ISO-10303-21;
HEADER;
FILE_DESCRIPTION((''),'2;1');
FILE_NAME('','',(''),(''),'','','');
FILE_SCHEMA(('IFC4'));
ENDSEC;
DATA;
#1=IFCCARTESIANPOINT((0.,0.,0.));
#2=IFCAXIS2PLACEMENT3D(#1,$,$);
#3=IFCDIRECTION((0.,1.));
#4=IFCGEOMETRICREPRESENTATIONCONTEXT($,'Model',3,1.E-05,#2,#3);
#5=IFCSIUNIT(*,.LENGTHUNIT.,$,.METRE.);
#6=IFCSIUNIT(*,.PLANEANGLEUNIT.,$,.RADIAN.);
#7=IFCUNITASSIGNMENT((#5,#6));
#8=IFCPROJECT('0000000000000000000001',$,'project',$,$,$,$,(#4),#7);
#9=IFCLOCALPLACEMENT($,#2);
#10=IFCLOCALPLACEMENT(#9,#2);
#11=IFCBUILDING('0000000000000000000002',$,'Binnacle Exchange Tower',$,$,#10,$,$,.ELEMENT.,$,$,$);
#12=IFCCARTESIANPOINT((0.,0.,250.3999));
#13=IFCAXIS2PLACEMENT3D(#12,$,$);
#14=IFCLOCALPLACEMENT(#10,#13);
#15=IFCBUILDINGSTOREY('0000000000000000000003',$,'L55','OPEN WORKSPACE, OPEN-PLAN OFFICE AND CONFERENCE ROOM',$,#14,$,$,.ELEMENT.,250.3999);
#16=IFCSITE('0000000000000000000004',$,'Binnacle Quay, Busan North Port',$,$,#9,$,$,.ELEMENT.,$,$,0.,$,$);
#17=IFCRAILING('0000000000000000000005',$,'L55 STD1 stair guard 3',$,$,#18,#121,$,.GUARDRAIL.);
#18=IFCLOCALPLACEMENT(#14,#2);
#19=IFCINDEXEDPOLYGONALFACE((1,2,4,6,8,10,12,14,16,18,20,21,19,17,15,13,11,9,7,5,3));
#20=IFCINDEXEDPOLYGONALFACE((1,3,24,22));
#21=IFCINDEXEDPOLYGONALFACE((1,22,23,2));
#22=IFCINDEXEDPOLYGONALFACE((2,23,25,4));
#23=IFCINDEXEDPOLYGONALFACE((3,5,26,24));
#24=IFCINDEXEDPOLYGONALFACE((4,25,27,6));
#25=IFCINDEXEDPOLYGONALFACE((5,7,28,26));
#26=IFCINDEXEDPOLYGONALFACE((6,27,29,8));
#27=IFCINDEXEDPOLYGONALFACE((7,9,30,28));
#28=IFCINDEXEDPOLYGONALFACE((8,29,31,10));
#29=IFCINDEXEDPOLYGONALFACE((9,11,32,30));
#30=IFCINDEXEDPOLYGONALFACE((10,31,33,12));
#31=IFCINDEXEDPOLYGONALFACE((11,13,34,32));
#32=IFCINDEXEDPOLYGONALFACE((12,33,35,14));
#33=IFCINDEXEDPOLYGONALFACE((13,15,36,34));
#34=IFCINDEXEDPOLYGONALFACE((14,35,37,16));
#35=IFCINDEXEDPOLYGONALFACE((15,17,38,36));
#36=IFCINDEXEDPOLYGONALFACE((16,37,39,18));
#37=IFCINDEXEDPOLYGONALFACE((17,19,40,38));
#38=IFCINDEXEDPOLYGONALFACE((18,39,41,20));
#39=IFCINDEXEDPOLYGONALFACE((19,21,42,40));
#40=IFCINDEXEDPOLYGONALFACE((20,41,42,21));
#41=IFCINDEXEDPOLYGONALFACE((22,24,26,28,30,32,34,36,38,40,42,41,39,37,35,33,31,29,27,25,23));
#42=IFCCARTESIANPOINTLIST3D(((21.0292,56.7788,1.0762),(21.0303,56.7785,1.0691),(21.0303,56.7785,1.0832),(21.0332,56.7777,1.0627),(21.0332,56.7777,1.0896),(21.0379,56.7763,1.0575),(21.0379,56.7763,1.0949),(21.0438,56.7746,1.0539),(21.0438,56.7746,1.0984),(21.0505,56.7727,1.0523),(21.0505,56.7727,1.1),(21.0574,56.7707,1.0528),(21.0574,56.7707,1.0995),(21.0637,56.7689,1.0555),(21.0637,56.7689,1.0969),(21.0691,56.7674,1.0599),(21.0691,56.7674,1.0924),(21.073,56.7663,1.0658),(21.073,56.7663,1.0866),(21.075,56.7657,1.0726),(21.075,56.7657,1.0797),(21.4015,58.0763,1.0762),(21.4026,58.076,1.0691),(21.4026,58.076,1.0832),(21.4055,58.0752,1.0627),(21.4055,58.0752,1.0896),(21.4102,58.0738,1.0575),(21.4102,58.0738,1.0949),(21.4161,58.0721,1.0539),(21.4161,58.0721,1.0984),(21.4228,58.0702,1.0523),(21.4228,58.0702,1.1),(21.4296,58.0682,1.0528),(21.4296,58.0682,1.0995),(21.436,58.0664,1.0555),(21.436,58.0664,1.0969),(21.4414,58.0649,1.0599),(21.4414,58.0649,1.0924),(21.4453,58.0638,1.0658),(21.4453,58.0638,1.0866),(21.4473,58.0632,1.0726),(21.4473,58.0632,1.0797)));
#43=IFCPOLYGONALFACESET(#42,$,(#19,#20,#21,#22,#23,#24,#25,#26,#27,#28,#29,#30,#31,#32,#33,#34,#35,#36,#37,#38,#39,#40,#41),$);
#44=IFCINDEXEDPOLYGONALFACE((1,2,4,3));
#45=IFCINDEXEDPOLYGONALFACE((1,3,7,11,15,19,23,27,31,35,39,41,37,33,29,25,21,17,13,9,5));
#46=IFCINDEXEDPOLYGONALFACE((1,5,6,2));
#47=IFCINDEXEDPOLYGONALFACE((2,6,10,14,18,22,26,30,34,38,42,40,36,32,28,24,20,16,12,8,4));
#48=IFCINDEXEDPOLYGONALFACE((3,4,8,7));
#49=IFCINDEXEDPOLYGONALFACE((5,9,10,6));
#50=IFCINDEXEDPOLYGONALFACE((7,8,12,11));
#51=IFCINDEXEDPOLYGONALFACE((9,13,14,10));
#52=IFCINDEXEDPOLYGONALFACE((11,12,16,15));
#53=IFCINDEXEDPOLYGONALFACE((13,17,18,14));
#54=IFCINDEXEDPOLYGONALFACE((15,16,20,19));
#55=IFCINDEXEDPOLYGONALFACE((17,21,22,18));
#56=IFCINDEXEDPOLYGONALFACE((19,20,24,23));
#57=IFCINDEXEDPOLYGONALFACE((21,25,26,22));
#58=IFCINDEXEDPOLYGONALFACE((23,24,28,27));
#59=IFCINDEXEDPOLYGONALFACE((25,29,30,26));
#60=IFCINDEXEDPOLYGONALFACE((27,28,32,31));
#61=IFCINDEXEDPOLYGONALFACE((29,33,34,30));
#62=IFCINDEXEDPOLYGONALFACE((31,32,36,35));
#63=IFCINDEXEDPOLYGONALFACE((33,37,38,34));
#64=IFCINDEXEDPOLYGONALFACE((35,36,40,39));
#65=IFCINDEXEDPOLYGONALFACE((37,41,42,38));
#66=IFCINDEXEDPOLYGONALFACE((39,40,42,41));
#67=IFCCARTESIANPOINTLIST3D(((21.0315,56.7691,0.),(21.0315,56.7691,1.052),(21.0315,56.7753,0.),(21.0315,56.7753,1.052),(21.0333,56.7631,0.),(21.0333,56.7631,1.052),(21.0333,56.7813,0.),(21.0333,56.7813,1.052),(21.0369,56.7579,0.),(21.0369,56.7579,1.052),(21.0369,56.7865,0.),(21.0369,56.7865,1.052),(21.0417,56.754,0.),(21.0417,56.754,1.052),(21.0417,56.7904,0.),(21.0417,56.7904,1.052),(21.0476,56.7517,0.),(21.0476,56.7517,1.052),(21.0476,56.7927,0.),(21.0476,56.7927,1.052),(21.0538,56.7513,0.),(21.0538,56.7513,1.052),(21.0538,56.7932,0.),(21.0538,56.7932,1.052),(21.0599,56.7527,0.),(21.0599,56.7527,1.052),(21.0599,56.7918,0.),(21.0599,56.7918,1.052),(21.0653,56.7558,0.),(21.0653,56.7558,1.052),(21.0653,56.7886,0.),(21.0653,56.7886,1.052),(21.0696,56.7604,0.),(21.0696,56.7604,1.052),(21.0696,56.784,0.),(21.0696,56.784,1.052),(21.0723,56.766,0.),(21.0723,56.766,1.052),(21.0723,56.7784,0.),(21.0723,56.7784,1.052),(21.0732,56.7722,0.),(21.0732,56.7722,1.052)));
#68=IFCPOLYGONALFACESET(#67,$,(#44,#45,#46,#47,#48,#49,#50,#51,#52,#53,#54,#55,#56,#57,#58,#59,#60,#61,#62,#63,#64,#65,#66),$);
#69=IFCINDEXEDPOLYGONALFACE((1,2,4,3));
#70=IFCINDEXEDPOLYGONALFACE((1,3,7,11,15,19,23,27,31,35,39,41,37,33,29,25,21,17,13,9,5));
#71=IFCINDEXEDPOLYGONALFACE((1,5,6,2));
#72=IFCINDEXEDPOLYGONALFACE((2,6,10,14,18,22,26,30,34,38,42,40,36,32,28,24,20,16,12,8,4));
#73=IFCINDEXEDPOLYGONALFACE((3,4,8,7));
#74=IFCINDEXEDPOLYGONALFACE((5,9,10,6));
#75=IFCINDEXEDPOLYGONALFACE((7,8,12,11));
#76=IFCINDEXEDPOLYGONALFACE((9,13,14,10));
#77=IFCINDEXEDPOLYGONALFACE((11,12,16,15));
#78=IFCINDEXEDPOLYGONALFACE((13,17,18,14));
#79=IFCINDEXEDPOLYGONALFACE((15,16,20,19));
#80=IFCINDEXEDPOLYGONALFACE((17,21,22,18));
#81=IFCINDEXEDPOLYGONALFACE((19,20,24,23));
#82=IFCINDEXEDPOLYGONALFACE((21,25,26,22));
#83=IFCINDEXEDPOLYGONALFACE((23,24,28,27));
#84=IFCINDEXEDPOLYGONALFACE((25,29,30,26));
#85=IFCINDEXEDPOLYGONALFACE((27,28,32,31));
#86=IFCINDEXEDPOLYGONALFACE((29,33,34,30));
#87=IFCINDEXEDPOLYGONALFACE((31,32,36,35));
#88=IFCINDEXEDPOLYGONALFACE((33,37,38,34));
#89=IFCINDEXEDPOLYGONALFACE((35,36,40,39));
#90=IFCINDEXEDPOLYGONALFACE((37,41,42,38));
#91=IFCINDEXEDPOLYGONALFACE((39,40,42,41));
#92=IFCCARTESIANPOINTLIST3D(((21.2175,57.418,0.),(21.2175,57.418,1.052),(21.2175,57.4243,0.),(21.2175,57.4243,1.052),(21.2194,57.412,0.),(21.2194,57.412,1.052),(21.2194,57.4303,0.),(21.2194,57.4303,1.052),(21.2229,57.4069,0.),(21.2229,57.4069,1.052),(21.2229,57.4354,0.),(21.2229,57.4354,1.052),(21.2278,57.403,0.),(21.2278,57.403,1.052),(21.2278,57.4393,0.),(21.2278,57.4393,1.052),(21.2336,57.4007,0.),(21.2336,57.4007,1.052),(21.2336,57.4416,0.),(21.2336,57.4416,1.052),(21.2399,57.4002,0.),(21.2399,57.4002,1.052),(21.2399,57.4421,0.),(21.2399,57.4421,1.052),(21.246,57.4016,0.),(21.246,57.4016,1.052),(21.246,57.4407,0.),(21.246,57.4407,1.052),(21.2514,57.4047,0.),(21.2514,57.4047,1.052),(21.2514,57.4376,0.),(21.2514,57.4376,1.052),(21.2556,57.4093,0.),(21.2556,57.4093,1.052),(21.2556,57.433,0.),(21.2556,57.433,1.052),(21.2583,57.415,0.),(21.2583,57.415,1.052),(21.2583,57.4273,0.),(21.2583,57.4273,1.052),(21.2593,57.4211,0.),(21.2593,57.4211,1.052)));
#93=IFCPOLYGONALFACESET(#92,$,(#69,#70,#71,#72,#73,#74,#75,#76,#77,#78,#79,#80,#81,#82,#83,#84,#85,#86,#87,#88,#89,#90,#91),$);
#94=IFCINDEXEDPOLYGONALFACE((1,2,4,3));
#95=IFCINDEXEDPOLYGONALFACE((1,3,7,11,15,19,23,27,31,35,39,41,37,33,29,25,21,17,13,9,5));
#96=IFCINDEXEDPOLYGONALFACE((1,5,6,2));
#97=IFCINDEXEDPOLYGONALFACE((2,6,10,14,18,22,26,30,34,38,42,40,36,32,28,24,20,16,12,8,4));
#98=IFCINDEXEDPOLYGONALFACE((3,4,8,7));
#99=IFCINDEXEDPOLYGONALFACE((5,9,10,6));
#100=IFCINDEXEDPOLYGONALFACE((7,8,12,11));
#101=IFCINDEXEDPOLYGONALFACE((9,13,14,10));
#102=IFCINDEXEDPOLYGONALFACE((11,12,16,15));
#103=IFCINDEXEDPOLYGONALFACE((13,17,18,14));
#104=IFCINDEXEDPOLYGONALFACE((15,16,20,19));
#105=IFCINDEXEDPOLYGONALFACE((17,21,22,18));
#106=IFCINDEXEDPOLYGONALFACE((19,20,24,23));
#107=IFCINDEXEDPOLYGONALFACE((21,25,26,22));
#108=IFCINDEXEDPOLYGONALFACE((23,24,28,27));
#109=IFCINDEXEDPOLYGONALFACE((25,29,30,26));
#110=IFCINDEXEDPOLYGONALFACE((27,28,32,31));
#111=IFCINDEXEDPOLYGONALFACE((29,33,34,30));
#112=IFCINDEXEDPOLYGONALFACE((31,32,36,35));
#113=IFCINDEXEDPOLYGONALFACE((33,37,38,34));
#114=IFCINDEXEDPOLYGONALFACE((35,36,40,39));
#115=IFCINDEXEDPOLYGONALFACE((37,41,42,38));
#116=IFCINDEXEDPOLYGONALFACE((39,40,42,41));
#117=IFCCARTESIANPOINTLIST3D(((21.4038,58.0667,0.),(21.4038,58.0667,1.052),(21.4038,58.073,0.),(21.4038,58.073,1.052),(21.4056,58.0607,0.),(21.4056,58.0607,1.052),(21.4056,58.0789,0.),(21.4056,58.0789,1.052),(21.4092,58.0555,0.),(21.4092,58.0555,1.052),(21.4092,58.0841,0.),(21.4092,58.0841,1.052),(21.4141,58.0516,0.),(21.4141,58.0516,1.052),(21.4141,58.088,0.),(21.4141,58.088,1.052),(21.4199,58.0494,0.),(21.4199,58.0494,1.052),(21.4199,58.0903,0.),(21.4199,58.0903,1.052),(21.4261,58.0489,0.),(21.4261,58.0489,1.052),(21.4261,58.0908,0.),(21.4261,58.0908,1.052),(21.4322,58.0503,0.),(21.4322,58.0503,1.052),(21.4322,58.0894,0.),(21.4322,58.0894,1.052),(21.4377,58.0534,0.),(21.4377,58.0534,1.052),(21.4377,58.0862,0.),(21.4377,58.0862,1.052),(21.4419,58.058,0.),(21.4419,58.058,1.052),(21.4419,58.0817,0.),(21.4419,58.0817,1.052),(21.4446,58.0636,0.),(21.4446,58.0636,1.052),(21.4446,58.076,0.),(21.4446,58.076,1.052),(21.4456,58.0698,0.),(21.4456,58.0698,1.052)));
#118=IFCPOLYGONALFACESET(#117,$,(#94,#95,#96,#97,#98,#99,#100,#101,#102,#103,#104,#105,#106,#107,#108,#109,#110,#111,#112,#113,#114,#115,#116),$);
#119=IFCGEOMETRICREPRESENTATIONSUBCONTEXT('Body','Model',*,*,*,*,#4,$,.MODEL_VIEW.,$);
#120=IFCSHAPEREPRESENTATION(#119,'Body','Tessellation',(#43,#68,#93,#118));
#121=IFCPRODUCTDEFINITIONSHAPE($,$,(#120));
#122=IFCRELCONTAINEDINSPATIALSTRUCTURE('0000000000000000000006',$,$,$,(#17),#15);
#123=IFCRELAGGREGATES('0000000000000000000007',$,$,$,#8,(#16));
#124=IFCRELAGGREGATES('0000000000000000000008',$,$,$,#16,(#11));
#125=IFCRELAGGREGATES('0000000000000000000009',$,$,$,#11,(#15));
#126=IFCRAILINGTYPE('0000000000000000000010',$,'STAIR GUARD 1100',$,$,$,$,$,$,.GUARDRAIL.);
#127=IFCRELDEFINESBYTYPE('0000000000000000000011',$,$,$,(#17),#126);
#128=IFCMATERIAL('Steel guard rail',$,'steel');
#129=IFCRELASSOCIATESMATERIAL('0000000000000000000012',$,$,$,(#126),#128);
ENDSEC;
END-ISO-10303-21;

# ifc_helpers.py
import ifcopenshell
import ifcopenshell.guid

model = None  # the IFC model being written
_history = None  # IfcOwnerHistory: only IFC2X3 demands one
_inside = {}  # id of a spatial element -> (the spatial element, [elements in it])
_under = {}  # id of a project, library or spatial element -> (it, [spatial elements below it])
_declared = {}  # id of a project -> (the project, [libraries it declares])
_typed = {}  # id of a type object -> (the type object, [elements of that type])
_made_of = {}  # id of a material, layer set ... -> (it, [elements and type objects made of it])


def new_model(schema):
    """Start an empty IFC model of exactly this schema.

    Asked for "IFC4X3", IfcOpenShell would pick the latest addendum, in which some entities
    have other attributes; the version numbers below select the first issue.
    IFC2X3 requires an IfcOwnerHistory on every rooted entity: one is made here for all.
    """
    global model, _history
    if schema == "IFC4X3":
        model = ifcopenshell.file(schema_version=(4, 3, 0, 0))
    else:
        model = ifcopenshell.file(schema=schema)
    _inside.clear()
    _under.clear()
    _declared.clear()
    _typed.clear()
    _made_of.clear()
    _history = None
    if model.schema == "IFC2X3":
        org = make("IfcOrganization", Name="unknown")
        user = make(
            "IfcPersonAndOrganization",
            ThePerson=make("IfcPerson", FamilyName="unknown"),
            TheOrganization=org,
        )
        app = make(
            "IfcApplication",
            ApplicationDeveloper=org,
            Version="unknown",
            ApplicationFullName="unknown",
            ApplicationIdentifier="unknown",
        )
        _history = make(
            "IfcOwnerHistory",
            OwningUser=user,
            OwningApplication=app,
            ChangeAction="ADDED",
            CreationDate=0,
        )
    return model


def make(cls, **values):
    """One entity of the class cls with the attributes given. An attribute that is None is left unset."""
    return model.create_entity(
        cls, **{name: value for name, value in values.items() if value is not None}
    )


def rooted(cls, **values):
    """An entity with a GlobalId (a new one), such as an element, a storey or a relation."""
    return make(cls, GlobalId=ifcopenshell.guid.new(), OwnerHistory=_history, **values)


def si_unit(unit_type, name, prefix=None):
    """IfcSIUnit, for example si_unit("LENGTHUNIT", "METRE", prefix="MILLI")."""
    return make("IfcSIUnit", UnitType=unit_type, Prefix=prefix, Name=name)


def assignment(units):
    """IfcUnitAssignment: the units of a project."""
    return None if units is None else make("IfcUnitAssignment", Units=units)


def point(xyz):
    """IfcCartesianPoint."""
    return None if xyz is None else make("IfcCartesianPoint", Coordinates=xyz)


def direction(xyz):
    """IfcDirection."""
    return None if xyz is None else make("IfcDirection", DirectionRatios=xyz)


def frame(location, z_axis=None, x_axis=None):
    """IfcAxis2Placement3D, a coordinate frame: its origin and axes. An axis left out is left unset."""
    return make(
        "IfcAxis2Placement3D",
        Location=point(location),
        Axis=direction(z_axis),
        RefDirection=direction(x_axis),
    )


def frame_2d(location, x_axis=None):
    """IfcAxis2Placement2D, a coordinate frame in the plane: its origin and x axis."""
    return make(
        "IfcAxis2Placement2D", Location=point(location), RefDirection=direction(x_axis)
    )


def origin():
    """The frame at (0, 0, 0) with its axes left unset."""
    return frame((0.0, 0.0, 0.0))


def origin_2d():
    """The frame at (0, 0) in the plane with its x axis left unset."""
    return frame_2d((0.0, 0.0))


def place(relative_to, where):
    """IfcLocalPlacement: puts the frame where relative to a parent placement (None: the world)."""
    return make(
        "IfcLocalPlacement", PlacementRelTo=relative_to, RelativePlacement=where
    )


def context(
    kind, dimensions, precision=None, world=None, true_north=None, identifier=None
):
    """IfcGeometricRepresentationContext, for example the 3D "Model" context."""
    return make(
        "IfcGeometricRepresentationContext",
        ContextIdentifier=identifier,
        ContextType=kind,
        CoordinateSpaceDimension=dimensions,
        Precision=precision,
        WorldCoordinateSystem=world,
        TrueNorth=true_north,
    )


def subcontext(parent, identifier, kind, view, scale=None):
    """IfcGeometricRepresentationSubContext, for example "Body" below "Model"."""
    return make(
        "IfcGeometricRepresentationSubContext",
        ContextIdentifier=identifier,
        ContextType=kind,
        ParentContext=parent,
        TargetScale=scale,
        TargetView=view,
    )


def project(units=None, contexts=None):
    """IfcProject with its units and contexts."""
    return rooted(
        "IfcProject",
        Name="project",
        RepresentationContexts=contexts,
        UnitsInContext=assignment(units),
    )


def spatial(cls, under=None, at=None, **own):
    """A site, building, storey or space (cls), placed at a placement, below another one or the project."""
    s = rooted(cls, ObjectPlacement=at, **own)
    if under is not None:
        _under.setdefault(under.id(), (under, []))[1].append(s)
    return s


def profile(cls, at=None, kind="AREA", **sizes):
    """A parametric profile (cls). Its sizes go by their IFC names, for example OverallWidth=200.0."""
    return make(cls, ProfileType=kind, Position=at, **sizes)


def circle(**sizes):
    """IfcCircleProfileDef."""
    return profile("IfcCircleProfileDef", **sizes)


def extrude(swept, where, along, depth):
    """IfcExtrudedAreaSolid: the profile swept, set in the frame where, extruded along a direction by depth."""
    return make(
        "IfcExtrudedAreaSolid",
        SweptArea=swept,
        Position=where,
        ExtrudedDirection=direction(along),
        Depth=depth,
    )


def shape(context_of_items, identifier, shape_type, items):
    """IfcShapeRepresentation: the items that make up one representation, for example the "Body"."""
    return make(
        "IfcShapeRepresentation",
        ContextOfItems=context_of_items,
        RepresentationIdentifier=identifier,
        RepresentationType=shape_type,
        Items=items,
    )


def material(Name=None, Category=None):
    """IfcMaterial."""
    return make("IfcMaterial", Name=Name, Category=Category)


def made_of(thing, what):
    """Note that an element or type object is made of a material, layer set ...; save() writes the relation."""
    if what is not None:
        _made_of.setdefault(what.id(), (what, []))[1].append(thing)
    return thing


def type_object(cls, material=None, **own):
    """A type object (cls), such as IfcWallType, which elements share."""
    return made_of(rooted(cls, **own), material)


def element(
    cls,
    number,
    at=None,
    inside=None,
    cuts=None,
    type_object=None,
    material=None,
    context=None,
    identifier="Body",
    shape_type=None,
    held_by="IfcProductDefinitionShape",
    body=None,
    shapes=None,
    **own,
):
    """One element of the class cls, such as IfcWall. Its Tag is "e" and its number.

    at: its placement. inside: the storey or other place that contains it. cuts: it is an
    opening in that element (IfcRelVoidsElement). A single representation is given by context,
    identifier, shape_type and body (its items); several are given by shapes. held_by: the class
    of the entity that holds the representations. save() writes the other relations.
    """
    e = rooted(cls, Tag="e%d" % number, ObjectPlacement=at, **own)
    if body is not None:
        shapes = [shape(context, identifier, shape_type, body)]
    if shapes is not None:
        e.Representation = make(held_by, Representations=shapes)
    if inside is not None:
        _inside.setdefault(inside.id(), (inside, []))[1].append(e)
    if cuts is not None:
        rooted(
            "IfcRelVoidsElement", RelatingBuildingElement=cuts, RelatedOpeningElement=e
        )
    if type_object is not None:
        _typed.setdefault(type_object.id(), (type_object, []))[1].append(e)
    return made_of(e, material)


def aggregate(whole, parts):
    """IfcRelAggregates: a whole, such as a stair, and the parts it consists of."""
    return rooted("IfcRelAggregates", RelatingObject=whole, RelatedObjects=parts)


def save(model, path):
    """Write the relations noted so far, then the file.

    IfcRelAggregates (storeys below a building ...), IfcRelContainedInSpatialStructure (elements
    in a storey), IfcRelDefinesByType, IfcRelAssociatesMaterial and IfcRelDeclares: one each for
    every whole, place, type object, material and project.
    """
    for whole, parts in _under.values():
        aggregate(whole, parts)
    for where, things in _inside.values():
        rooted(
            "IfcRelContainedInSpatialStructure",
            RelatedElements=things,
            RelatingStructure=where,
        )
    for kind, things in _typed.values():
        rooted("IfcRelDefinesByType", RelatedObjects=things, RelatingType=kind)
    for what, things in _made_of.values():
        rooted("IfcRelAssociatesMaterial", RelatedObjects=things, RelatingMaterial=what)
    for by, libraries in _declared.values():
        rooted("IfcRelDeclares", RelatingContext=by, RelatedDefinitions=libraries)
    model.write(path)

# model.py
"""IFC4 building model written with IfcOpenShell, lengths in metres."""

from ifc_helpers import new_model, si_unit, direction, frame, origin, origin_2d, place, context, subcontext, project, spatial, circle, extrude, material, type_object, element, save


model = new_model("IFC4")

# Units and contexts
model_context = context("Model", 3, precision=1e-05, world=origin(), true_north=direction((0.0, 1.0)))
body_context = subcontext(model_context, "Body", "Model", "MODEL_VIEW")
ifc_project = project(units=[si_unit("LENGTHUNIT", "METRE"), si_unit("PLANEANGLEUNIT", "RADIAN")], contexts=[model_context])

# Site, building, storey
site_placement = place(None, origin())
site = spatial("IfcSite", under=ifc_project, at=site_placement, Name="Binnacle Quay, Busan North Port", CompositionType="ELEMENT", RefElevation=0.0)
building_placement = place(site_placement, origin())
building = spatial("IfcBuilding", under=site, at=building_placement, Name="Binnacle Exchange Tower", CompositionType="ELEMENT")
storey_placement = place(building_placement, frame((0.0, 0.0, 250.3999)))
storey = spatial("IfcBuildingStorey", under=building, at=storey_placement, Name="L55", Description="OPEN WORKSPACE, OPEN-PLAN OFFICE AND CONFERENCE ROOM", CompositionType="ELEMENT", Elevation=250.3999)

# Railing
ifc_material_1 = material(Name="Steel guard rail", Category="steel")
railing_type_1 = type_object("IfcRailingType", Name="STAIR GUARD 1100", PredefinedType="GUARDRAIL", material=ifc_material_1)
railing_1_placement = place(storey_placement, frame((21.0522, 56.7722, 0.0)))
element("IfcRailing", 1, at=railing_1_placement, inside=storey, type_object=railing_type_1, Name="L55 STD1 stair guard 3", PredefinedType="GUARDRAIL", context=body_context, shape_type="SweptSolid", body=[
    extrude(circle(Radius=0.0239, at=origin_2d()), frame((0.0, 0.0, 1.0762), z_axis=(0.275796, 0.961216, 0.0), x_axis=(-0.961216, 0.275796, 0.0)), (0.0, 0.0, 1.0), 1.3499),
    extrude(circle(Radius=0.021, at=origin_2d()), origin(), (0.0, 0.0, 1.0), 1.052),
    extrude(circle(Radius=0.021, at=origin_2d()), frame((0.186, 0.6489, 0.0)), (0.0, 0.0, 1.0), 1.052),
    extrude(circle(Radius=0.021, at=origin_2d()), frame((0.3723, 1.2976, 0.0)), (0.0, 0.0, 1.0), 1.052),
])

save(model, "model.ifc")
